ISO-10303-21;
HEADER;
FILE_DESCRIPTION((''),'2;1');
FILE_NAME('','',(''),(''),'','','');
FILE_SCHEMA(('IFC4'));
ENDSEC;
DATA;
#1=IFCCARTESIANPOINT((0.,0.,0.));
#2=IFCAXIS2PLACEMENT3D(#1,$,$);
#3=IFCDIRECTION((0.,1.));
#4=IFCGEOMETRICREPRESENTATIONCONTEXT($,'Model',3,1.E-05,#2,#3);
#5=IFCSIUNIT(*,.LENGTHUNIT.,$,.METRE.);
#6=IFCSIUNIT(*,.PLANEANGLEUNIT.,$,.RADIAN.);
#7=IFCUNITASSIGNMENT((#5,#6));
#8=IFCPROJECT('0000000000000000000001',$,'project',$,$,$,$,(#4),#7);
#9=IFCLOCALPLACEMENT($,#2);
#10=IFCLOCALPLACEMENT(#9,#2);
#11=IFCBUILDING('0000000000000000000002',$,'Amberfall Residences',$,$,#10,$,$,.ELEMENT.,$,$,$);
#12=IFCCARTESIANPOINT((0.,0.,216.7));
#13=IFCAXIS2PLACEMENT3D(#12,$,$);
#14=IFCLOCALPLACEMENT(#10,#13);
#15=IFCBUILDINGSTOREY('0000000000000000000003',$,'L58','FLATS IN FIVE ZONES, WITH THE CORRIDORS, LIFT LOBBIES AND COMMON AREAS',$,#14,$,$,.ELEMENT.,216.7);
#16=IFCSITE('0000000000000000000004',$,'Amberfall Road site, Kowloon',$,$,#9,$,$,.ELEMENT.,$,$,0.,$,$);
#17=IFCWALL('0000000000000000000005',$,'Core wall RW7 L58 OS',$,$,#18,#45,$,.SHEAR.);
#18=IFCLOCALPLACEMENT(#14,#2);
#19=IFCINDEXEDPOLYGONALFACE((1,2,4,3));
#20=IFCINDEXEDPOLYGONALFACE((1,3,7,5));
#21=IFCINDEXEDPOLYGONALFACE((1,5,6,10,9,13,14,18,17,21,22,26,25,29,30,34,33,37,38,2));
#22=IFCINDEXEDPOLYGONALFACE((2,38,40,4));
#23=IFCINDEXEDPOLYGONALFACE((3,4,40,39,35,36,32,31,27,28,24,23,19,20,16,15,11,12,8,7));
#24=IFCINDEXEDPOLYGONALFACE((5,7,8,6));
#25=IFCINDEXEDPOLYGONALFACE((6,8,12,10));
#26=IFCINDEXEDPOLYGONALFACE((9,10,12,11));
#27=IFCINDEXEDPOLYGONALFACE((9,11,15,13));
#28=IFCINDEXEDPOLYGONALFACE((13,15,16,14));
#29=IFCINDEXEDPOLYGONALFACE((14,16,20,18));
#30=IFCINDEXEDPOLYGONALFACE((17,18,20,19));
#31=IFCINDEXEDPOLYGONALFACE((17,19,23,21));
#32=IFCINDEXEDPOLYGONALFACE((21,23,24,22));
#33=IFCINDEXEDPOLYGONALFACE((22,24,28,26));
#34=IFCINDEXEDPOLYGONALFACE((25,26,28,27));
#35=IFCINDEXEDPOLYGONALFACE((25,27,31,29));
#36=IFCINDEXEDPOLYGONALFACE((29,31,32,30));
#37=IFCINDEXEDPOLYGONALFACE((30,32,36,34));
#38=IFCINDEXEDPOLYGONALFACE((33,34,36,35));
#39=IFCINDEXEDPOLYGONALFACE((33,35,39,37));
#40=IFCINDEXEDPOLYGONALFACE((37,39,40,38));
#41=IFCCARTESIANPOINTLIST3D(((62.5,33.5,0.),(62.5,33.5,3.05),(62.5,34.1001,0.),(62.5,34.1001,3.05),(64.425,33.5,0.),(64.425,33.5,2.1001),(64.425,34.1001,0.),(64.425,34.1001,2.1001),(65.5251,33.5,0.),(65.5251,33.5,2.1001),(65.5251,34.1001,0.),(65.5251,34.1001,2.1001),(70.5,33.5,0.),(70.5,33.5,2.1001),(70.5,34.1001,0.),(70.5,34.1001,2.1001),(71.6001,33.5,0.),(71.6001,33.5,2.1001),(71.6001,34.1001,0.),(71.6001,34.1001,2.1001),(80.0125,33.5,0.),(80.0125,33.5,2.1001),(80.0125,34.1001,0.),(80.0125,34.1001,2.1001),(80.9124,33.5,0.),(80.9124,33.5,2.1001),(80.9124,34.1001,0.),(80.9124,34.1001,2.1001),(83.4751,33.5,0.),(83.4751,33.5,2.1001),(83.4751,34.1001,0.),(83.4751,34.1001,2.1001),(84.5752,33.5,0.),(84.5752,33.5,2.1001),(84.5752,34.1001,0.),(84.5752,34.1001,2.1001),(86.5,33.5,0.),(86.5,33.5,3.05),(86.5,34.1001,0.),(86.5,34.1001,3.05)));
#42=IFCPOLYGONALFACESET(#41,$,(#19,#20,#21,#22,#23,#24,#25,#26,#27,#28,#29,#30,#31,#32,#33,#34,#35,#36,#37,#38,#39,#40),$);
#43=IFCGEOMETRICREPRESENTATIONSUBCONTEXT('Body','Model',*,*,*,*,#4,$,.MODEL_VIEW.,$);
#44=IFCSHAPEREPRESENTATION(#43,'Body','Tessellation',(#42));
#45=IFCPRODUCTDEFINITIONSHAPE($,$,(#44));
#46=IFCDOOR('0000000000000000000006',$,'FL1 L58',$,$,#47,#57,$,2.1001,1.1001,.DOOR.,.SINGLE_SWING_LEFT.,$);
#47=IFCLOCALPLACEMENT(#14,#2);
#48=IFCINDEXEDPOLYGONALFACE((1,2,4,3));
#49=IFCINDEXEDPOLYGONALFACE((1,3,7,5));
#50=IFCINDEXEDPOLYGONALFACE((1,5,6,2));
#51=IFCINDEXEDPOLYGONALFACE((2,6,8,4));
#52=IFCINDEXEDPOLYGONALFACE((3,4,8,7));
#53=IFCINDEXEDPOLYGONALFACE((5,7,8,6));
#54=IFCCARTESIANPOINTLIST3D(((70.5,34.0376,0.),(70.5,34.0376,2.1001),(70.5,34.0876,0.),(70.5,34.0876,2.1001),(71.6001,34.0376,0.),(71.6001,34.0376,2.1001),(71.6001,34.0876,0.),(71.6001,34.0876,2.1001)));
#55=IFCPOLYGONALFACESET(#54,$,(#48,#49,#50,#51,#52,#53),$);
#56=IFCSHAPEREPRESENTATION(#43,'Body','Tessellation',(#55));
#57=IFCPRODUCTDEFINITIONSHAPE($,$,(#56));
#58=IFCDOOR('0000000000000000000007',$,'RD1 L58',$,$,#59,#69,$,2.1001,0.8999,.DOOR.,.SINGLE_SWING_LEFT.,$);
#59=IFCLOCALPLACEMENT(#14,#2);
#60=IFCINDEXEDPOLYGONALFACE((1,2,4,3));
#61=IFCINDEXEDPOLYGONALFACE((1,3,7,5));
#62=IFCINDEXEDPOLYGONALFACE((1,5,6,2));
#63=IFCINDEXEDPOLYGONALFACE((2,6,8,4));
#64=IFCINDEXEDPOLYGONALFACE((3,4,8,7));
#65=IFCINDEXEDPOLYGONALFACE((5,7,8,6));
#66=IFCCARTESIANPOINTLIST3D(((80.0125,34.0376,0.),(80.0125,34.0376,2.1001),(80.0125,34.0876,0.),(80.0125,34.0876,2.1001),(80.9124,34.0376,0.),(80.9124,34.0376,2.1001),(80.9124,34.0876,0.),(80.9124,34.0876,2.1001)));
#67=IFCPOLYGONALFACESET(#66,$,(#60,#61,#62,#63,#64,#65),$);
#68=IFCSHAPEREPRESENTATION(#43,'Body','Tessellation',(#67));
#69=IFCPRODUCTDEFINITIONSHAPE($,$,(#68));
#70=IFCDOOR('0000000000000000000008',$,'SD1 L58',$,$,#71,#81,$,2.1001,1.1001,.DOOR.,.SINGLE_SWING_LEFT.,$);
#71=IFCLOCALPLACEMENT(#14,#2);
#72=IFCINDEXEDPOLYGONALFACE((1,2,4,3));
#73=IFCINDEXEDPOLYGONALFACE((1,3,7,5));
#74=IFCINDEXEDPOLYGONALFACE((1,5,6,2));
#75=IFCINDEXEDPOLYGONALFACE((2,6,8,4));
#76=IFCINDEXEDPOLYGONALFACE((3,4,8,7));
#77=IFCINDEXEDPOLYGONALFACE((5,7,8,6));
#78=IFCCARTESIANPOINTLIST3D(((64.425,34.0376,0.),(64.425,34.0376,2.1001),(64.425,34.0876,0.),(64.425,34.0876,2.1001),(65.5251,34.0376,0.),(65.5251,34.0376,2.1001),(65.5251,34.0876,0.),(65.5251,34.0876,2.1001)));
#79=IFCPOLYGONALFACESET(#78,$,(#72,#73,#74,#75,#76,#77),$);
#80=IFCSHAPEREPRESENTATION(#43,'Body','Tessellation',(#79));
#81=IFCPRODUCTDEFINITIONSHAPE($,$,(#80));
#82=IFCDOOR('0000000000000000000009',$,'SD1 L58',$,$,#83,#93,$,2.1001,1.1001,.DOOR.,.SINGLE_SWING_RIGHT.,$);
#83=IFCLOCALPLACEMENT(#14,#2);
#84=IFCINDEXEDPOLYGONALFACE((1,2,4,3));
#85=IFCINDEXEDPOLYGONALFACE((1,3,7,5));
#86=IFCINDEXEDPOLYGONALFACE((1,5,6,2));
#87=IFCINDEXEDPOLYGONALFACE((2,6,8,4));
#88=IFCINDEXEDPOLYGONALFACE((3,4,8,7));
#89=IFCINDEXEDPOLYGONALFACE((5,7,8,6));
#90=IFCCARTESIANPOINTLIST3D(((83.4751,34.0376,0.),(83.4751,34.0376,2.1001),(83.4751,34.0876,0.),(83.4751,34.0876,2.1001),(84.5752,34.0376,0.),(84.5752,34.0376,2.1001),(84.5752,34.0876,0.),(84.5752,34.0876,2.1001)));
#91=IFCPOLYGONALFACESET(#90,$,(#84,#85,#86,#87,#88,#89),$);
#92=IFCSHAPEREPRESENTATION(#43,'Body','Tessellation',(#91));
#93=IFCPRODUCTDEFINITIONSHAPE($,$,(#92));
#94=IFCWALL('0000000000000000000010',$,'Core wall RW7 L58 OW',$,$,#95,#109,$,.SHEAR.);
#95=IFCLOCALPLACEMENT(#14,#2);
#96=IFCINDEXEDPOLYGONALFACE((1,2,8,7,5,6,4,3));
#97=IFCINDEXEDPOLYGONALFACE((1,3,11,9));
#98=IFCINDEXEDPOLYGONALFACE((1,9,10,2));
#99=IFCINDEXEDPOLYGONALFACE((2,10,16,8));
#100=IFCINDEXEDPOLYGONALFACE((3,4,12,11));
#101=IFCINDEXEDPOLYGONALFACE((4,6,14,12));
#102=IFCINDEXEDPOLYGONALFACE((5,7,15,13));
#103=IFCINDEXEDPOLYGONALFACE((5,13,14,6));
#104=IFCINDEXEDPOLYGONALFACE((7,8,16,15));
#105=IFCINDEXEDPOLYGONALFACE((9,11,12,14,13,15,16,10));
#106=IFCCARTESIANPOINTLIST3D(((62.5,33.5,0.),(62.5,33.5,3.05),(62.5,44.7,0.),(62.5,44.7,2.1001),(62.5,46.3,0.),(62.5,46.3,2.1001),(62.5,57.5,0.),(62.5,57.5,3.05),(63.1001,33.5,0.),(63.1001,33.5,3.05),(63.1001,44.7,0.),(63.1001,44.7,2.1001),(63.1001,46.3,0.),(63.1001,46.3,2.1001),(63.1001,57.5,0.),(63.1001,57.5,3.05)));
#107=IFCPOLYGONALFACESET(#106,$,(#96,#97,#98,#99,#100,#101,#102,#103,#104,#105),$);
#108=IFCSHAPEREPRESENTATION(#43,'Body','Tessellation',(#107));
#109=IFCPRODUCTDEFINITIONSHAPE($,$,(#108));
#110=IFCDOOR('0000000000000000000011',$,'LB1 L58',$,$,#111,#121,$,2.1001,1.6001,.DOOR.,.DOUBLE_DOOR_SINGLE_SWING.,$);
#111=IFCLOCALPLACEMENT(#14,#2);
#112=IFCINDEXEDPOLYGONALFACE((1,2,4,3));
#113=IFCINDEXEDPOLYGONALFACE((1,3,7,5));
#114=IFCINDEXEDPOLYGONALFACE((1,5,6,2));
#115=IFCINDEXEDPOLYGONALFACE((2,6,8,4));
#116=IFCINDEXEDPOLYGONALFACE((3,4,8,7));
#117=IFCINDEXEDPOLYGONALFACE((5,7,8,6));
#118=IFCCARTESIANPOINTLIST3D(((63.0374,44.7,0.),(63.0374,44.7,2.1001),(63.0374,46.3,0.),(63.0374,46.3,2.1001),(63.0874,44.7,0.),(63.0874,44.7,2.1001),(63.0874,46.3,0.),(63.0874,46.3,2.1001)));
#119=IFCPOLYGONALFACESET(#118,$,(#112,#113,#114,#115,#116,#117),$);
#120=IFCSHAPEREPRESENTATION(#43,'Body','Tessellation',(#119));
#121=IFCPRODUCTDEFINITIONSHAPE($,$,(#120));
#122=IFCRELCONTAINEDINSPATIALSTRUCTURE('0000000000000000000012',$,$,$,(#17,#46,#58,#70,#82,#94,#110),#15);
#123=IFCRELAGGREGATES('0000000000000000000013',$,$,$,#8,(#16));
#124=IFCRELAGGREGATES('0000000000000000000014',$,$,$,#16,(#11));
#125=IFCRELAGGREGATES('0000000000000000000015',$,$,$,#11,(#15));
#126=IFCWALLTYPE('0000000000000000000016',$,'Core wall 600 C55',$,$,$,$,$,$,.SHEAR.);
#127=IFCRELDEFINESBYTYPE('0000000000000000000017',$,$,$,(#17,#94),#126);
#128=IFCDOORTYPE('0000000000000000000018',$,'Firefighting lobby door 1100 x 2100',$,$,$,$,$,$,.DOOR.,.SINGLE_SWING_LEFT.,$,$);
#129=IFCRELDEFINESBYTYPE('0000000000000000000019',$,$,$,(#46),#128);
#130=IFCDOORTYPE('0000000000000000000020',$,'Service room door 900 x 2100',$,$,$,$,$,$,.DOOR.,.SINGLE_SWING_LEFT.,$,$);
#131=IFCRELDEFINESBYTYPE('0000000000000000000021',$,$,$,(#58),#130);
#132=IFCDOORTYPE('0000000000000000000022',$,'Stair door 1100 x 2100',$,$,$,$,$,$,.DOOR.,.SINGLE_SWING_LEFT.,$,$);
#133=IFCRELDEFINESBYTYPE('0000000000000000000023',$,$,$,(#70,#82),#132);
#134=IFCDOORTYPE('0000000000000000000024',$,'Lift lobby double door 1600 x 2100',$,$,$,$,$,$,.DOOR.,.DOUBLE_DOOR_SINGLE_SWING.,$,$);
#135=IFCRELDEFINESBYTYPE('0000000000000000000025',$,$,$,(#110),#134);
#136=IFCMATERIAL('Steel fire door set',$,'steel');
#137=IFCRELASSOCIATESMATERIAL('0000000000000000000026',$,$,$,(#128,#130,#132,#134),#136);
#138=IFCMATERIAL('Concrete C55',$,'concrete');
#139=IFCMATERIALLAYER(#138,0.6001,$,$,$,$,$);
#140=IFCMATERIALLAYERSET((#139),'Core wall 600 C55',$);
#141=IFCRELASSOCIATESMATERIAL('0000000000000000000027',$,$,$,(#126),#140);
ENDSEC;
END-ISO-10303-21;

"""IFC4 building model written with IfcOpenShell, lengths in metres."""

from ifc_helpers import new_model, si_unit, direction, frame, frame_2d, origin, place, context, subcontext, project, spatial, rectangle, extrude, material, layer, layer_set, type_object, element, fill, save


model = new_model("IFC4")

# Units and contexts
model_context = context("Model", 3, precision=1e-05, world=origin(), true_north=direction((0.0, 1.0)))
body_context = subcontext(model_context, "Body", "Model", "MODEL_VIEW")
ifc_project = project(units=[si_unit("LENGTHUNIT", "METRE"), si_unit("PLANEANGLEUNIT", "RADIAN")], contexts=[model_context])

# Site, building, storey
site_placement = place(None, origin())
site = spatial("IfcSite", under=ifc_project, at=site_placement, Name="Amberfall Road site, Kowloon", CompositionType="ELEMENT", RefElevation=0.0)
building_placement = place(site_placement, origin())
building = spatial("IfcBuilding", under=site, at=building_placement, Name="Amberfall Residences", CompositionType="ELEMENT")
storey_placement = place(building_placement, frame((0.0, 0.0, 216.7)))
storey = spatial("IfcBuildingStorey", under=building, at=storey_placement, Name="L58", Description="FLATS IN FIVE ZONES, WITH THE CORRIDORS, LIFT LOBBIES AND COMMON AREAS", CompositionType="ELEMENT", Elevation=216.7)

# Shared definitions
ifc_material_1 = material(Name="Concrete C55", Category="concrete")
ifc_material_2 = material(Name="Steel fire door set", Category="steel")
door_type_1 = type_object("IfcDoorType", Name="Firefighting lobby door 1100 x 2100", OperationType="SINGLE_SWING_LEFT", PredefinedType="DOOR", material=ifc_material_2)

# Wall, openings, doors
ifc_layer_1 = layer(ifc_material_1, 0.6001)
ifc_layer_set_1 = layer_set([ifc_layer_1], Name="Core wall 600 C55")
wall_type_1 = type_object("IfcWallType", Name="Core wall 600 C55", PredefinedType="SHEAR", material=ifc_layer_set_1)
wall_1_placement = place(storey_placement, frame((62.5, 33.8, 0.0), z_axis=(0.0, 0.0, 1.0), x_axis=(1.0, 0.0, 0.0)))
wall_1 = element("IfcWall", 1, at=wall_1_placement, inside=storey, type_object=wall_type_1, Name="Core wall RW7 L58 OS", PredefinedType="SHEAR", context=body_context, shape_type="SweptSolid", body=[
    extrude(rectangle(XDim=24.0, YDim=0.6001, at=frame_2d((12.0, 0.0))), origin(), (0.0, 0.0, 1.0), 3.05),
])
opening_1_placement = place(wall_1_placement, frame((1.925, 0.0, 0.0)))
opening_1 = element("IfcOpeningElement", 2, at=opening_1_placement, cuts=wall_1, PredefinedType="OPENING", context=body_context, shape_type="SweptSolid", body=[
    extrude(rectangle(XDim=1.1001, YDim=2.1001, at=frame_2d((0.55, 1.05))), frame((0.0, 0.3101, 0.0), z_axis=(0.0, -1.0, 0.0), x_axis=(1.0, 0.0, 0.0)), (0.0, 0.0, 1.0), 0.6201),
])
opening_2_placement = place(wall_1_placement, frame((20.9751, 0.0, 0.0)))
opening_2 = element("IfcOpeningElement", 3, at=opening_2_placement, cuts=wall_1, PredefinedType="OPENING", context=body_context, shape_type="SweptSolid", body=[
    extrude(rectangle(XDim=1.1001, YDim=2.1001, at=frame_2d((0.55, 1.05))), frame((0.0, 0.3101, 0.0), z_axis=(0.0, -1.0, 0.0), x_axis=(1.0, 0.0, 0.0)), (0.0, 0.0, 1.0), 0.6201),
])
opening_3_placement = place(wall_1_placement, frame((8.0, 0.0, 0.0)))
opening_3 = element("IfcOpeningElement", 4, at=opening_3_placement, cuts=wall_1, PredefinedType="OPENING", context=body_context, shape_type="SweptSolid", body=[
    extrude(rectangle(XDim=1.1001, YDim=2.1001, at=frame_2d((0.55, 1.05))), frame((0.0, 0.3101, 0.0), z_axis=(0.0, -1.0, 0.0), x_axis=(1.0, 0.0, 0.0)), (0.0, 0.0, 1.0), 0.6201),
])
opening_4_placement = place(wall_1_placement, frame((17.5125, 0.0, 0.0)))
opening_4 = element("IfcOpeningElement", 5, at=opening_4_placement, cuts=wall_1, PredefinedType="OPENING", context=body_context, shape_type="SweptSolid", body=[
    extrude(rectangle(XDim=0.8999, YDim=2.1001, at=frame_2d((0.45, 1.05))), frame((0.0, 0.3101, 0.0), z_axis=(0.0, -1.0, 0.0), x_axis=(1.0, 0.0, 0.0)), (0.0, 0.0, 1.0), 0.6201),
])
door_1_placement = place(opening_3_placement, origin())
door_1 = element("IfcDoor", 6, at=door_1_placement, inside=storey, type_object=door_type_1, Name="FL1 L58", OperationType="SINGLE_SWING_LEFT", OverallHeight=2.1001, OverallWidth=1.1001, PredefinedType="DOOR", context=body_context, shape_type="SweptSolid", body=[
    extrude(rectangle(XDim=1.1001, YDim=2.1001, at=frame_2d((0.55, 1.05))), frame((0.0, 0.2876, 0.0), z_axis=(0.0, -1.0, 0.0), x_axis=(1.0, 0.0, 0.0)), (0.0, 0.0, 1.0), 0.05),
])
fill(opening_3, door_1)
door_type_2 = type_object("IfcDoorType", Name="Service room door 900 x 2100", OperationType="SINGLE_SWING_LEFT", PredefinedType="DOOR", material=ifc_material_2)
door_2_placement = place(opening_4_placement, origin())
door_2 = element("IfcDoor", 7, at=door_2_placement, inside=storey, type_object=door_type_2, Name="RD1 L58", OperationType="SINGLE_SWING_LEFT", OverallHeight=2.1001, OverallWidth=0.8999, PredefinedType="DOOR", context=body_context, shape_type="SweptSolid", body=[
    extrude(rectangle(XDim=0.8999, YDim=2.1001, at=frame_2d((0.45, 1.05))), frame((0.0, 0.2876, 0.0), z_axis=(0.0, -1.0, 0.0), x_axis=(1.0, 0.0, 0.0)), (0.0, 0.0, 1.0), 0.05),
])
fill(opening_4, door_2)
door_type_3 = type_object("IfcDoorType", Name="Stair door 1100 x 2100", OperationType="SINGLE_SWING_LEFT", PredefinedType="DOOR", material=ifc_material_2)
door_3_placement = place(opening_1_placement, origin())
door_3 = element("IfcDoor", 8, at=door_3_placement, inside=storey, type_object=door_type_3, Name="SD1 L58", OperationType="SINGLE_SWING_LEFT", OverallHeight=2.1001, OverallWidth=1.1001, PredefinedType="DOOR", context=body_context, shape_type="SweptSolid", body=[
    extrude(rectangle(XDim=1.1001, YDim=2.1001, at=frame_2d((0.55, 1.05))), frame((0.0, 0.2876, 0.0), z_axis=(0.0, -1.0, 0.0), x_axis=(1.0, 0.0, 0.0)), (0.0, 0.0, 1.0), 0.05),
])
fill(opening_1, door_3)
door_4_placement = place(opening_2_placement, origin())
door_4 = element("IfcDoor", 9, at=door_4_placement, inside=storey, type_object=door_type_3, Name="SD1 L58", OperationType="SINGLE_SWING_RIGHT", OverallHeight=2.1001, OverallWidth=1.1001, PredefinedType="DOOR", context=body_context, shape_type="SweptSolid", body=[
    extrude(rectangle(XDim=1.1001, YDim=2.1001, at=frame_2d((0.55, 1.05))), frame((0.0, 0.2876, 0.0), z_axis=(0.0, -1.0, 0.0), x_axis=(1.0, 0.0, 0.0)), (0.0, 0.0, 1.0), 0.05),
])
fill(opening_2, door_4)

# Wall, opening, door
wall_2_placement = place(storey_placement, frame((62.8, 33.5, 0.0), z_axis=(0.0, 0.0, 1.0), x_axis=(0.0, 1.0, 0.0)))
wall_2 = element("IfcWall", 10, at=wall_2_placement, inside=storey, type_object=wall_type_1, Name="Core wall RW7 L58 OW", PredefinedType="SHEAR", context=body_context, shape_type="SweptSolid", body=[
    extrude(rectangle(XDim=24.0, YDim=0.6001, at=frame_2d((12.0, 0.0))), origin(), (0.0, 0.0, 1.0), 3.05),
])
opening_5_placement = place(wall_2_placement, frame((11.2, 0.0, 0.0)))
opening_5 = element("IfcOpeningElement", 11, at=opening_5_placement, cuts=wall_2, PredefinedType="OPENING", context=body_context, shape_type="SweptSolid", body=[
    extrude(rectangle(XDim=1.6001, YDim=2.1001, at=frame_2d((0.8, 1.05))), frame((0.0, 0.3101, 0.0), z_axis=(0.0, -1.0, 0.0), x_axis=(1.0, 0.0, 0.0)), (0.0, 0.0, 1.0), 0.6201),
])
door_type_4 = type_object("IfcDoorType", Name="Lift lobby double door 1600 x 2100", OperationType="DOUBLE_DOOR_SINGLE_SWING", PredefinedType="DOOR", material=ifc_material_2)
door_5_placement = place(opening_5_placement, origin())
door_5 = element("IfcDoor", 12, at=door_5_placement, inside=storey, type_object=door_type_4, Name="LB1 L58", OperationType="DOUBLE_DOOR_SINGLE_SWING", OverallHeight=2.1001, OverallWidth=1.6001, PredefinedType="DOOR", context=body_context, shape_type="SweptSolid", body=[
    extrude(rectangle(XDim=1.6001, YDim=2.1001, at=frame_2d((0.8, 1.05))), frame((0.0, -0.2373, 0.0), z_axis=(0.0, -1.0, 0.0), x_axis=(1.0, 0.0, 0.0)), (0.0, 0.0, 1.0), 0.05),
])
fill(opening_5, door_5)

save(model, "model.ifc")
